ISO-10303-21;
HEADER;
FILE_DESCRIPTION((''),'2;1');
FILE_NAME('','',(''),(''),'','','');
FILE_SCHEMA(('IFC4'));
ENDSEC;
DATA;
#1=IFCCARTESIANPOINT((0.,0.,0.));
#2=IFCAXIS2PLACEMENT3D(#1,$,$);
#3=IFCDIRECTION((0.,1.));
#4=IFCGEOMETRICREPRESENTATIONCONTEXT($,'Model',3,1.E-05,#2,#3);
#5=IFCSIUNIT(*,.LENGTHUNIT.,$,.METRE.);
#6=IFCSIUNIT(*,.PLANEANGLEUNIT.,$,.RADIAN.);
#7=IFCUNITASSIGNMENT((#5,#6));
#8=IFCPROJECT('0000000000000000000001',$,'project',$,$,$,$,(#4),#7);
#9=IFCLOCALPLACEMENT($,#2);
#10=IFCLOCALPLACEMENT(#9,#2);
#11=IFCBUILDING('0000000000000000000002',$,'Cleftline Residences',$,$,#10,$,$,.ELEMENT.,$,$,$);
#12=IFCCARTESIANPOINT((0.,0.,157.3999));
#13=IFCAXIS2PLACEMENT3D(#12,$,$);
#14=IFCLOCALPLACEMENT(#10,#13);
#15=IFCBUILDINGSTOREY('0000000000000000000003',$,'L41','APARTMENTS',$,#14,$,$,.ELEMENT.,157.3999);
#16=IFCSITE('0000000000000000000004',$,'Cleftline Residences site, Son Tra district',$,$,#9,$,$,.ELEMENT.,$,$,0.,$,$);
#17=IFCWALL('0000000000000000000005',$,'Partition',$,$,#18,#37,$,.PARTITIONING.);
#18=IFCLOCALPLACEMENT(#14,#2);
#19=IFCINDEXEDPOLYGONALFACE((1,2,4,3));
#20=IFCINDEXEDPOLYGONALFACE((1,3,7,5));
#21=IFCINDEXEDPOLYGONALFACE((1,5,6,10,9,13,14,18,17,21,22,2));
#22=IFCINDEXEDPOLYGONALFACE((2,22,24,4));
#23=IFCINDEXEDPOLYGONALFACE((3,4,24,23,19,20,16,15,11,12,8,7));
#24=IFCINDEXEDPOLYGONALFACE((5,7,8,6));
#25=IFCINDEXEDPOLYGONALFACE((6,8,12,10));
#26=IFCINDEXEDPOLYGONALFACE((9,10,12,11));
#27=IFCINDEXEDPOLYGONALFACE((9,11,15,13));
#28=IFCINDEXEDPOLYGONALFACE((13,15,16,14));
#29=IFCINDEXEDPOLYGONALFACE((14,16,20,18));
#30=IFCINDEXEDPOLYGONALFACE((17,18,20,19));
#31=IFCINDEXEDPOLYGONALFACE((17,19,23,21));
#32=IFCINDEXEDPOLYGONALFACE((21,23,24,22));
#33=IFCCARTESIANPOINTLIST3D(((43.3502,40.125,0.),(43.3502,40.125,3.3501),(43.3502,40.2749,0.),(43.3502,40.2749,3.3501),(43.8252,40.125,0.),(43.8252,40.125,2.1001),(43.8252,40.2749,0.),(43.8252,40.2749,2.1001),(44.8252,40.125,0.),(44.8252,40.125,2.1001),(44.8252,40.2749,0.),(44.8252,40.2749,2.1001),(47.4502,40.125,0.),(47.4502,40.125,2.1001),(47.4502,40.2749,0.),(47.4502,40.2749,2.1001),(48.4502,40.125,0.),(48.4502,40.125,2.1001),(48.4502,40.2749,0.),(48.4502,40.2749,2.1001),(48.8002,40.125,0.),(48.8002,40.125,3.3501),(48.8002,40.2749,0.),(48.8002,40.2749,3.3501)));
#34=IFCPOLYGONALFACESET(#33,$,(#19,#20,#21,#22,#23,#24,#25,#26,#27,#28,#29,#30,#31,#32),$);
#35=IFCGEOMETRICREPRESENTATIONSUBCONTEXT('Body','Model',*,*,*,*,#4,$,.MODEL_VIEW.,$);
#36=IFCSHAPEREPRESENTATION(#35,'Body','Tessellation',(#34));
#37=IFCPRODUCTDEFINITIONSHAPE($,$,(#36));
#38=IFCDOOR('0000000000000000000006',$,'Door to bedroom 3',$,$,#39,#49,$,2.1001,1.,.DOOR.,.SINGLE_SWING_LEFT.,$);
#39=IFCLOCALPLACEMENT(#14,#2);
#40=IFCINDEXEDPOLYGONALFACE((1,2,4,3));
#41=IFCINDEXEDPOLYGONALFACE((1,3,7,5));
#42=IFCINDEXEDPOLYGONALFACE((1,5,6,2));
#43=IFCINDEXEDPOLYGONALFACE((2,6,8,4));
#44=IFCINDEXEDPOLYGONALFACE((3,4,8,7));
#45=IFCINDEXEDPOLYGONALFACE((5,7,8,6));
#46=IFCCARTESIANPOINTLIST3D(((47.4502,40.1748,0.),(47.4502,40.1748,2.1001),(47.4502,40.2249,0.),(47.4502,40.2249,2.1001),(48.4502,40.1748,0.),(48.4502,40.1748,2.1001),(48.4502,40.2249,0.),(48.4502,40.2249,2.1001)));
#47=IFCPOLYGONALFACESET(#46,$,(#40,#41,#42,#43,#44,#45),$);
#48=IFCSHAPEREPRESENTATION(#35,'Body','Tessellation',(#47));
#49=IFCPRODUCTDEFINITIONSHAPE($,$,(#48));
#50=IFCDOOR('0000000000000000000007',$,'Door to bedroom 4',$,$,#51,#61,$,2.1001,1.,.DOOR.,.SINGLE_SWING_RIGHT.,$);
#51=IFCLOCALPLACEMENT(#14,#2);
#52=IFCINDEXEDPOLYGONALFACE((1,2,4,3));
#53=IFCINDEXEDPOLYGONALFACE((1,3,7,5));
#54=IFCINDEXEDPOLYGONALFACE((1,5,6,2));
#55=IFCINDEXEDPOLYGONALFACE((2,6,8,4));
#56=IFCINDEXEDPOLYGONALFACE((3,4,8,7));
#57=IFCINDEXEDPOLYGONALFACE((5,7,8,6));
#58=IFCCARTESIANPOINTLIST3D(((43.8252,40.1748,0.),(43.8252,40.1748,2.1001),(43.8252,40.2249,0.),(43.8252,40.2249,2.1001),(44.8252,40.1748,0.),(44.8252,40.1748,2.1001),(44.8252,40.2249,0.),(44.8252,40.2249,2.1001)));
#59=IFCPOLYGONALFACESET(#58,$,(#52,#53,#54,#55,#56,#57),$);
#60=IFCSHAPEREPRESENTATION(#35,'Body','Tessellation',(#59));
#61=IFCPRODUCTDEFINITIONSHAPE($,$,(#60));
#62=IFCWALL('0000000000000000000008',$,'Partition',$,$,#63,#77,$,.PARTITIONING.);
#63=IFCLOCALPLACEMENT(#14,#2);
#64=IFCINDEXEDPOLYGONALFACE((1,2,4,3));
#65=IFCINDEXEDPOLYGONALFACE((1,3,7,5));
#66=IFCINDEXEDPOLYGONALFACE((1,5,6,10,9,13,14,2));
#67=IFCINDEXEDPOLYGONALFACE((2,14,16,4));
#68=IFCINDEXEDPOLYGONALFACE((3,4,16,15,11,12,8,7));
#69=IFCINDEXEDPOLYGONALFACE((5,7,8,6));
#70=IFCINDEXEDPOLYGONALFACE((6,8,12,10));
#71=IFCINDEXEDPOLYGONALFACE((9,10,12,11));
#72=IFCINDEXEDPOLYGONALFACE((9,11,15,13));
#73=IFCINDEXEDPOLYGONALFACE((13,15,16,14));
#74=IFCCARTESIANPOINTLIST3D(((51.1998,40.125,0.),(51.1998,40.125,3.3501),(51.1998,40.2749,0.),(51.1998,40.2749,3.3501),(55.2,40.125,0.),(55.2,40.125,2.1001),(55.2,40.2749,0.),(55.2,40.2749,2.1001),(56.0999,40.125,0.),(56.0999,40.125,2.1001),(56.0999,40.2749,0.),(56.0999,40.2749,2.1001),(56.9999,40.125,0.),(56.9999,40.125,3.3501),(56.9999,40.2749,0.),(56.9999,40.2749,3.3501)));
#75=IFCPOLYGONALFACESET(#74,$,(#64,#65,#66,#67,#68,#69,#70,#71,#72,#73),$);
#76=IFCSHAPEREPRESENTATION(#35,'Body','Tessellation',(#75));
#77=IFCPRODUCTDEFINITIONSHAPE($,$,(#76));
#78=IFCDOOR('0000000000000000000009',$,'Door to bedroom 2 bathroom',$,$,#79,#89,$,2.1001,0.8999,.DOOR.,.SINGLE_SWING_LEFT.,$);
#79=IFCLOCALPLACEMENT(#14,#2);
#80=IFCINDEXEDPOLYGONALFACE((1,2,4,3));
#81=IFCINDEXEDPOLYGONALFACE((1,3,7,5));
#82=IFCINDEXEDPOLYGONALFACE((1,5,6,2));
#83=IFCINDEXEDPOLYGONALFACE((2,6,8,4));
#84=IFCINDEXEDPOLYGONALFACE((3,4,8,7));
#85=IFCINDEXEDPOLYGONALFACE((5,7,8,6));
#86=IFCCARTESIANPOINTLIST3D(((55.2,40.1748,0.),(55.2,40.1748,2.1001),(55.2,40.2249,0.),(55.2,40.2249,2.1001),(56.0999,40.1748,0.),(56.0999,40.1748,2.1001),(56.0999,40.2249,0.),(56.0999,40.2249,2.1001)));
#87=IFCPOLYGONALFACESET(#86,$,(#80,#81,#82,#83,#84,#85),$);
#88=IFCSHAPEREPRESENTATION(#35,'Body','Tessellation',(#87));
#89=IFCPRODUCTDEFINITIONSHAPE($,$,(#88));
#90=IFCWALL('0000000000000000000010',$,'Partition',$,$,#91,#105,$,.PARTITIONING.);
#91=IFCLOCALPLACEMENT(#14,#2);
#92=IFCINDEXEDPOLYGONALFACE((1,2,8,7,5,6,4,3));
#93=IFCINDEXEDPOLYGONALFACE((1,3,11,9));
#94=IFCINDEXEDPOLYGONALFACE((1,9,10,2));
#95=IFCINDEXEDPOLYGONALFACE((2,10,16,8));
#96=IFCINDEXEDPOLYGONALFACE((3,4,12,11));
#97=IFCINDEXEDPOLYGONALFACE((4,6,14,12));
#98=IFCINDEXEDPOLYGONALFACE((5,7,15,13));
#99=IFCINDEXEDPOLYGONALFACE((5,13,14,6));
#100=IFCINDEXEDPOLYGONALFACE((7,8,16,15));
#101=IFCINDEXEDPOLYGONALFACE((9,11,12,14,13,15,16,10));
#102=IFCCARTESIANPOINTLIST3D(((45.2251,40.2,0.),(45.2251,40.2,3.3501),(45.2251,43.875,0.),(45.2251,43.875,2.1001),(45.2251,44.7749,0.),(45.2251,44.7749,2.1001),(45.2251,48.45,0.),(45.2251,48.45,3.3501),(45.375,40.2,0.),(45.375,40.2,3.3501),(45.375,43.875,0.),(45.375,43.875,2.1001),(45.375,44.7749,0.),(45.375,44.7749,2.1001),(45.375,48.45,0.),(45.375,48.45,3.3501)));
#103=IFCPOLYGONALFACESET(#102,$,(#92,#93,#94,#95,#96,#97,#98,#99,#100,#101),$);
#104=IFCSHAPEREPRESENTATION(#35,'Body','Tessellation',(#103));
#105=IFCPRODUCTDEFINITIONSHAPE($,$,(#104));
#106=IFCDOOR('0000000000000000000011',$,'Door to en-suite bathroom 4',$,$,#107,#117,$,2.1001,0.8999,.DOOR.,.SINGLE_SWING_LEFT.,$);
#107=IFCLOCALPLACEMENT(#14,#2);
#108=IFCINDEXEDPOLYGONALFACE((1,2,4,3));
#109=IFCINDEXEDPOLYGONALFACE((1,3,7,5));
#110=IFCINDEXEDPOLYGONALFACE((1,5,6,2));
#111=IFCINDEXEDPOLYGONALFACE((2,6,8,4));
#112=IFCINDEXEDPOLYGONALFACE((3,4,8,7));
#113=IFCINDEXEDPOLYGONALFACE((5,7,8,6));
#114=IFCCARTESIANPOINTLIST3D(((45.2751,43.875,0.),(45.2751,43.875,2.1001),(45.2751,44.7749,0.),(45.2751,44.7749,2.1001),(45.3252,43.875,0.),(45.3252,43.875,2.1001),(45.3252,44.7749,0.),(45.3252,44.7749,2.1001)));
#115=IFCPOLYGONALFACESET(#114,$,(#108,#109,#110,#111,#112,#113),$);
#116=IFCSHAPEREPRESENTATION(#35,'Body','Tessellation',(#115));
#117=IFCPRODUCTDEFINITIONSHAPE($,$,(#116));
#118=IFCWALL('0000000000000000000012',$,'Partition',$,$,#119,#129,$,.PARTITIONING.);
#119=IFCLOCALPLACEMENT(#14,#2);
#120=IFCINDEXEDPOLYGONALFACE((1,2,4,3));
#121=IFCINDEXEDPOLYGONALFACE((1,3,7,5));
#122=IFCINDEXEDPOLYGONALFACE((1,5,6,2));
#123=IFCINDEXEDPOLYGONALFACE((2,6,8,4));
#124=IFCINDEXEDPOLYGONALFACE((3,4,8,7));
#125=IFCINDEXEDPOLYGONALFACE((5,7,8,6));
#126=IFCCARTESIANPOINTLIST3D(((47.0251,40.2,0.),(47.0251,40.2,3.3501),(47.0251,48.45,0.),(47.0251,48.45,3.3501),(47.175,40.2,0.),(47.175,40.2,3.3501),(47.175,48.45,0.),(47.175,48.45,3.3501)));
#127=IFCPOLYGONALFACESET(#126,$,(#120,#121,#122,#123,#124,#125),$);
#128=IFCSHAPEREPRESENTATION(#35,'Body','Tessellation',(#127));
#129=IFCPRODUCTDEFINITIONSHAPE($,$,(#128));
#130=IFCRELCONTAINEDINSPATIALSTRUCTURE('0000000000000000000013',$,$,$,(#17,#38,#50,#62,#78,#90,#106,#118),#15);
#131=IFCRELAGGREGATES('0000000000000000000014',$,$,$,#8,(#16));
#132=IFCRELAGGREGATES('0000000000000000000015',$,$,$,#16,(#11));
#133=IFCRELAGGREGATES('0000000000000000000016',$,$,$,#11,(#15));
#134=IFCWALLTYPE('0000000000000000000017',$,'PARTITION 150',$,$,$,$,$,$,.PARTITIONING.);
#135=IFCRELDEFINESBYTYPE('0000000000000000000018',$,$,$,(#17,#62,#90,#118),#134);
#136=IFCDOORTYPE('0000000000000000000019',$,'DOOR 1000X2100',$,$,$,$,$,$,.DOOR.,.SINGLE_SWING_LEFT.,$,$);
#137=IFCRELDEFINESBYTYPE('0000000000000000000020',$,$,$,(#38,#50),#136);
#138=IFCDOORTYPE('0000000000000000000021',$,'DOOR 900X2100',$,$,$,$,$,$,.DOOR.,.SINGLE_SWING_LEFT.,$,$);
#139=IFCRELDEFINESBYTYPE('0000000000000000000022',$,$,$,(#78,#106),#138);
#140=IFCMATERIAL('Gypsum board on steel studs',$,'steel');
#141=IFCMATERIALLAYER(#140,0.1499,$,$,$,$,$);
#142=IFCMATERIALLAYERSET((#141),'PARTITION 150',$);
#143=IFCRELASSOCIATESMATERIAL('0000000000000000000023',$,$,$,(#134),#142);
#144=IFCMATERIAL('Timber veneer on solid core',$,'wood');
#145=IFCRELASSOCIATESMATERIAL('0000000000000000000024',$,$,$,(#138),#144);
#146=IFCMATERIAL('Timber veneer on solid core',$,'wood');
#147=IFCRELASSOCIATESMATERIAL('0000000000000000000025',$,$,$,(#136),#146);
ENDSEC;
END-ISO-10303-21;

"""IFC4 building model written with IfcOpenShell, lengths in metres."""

from ifc_helpers import new_model, si_unit, direction, frame, frame_2d, origin, place, context, subcontext, project, spatial, rectangle, extrude, material, layer, layer_set, type_object, element, fill, save


model = new_model("IFC4")

# Units and contexts
model_context = context("Model", 3, precision=1e-05, world=origin(), true_north=direction((0.0, 1.0)))
body_context = subcontext(model_context, "Body", "Model", "MODEL_VIEW")
ifc_project = project(units=[si_unit("LENGTHUNIT", "METRE"), si_unit("PLANEANGLEUNIT", "RADIAN")], contexts=[model_context])

# Site, building, storey
site_placement = place(None, origin())
site = spatial("IfcSite", under=ifc_project, at=site_placement, Name="Cleftline Residences site, Son Tra district", CompositionType="ELEMENT", RefElevation=0.0)
building_placement = place(site_placement, origin())
building = spatial("IfcBuilding", under=site, at=building_placement, Name="Cleftline Residences", CompositionType="ELEMENT")
storey_placement = place(building_placement, frame((0.0, 0.0, 157.3999)))
storey = spatial("IfcBuildingStorey", under=building, at=storey_placement, Name="L41", Description="APARTMENTS", CompositionType="ELEMENT", Elevation=157.3999)

# Shared definitions
ifc_material_1 = material(Name="Gypsum board on steel studs", Category="steel")
ifc_layer_1 = layer(ifc_material_1, 0.1499)
ifc_layer_set_1 = layer_set([ifc_layer_1], Name="PARTITION 150")
wall_type = type_object("IfcWallType", Name="PARTITION 150", PredefinedType="PARTITIONING", material=ifc_layer_set_1)
ifc_material_2 = material(Name="Timber veneer on solid core", Category="wood")
door_type_1 = type_object("IfcDoorType", Name="DOOR 900X2100", OperationType="SINGLE_SWING_LEFT", PredefinedType="DOOR", material=ifc_material_2)

# Wall, openings, doors
wall_1_placement = place(storey_placement, frame((43.3501, 40.2, 0.0), z_axis=(0.0, 0.0, 1.0), x_axis=(1.0, 0.0, 0.0)))
wall_1 = element("IfcWall", 1, at=wall_1_placement, inside=storey, type_object=wall_type, Name="Partition", PredefinedType="PARTITIONING", context=body_context, shape_type="SweptSolid", body=[
    extrude(rectangle(XDim=5.45, YDim=0.1499, at=frame_2d((2.7251, 0.0))), origin(), (0.0, 0.0, 1.0), 3.3501),
])
opening_1_placement = place(wall_1_placement, frame((4.1001, 0.0, 0.0)))
opening_1 = element("IfcOpeningElement", 2, at=opening_1_placement, cuts=wall_1, PredefinedType="OPENING", context=body_context, shape_type="SweptSolid", body=[
    extrude(rectangle(XDim=1.0, YDim=2.1001, at=frame_2d((0.5, 1.05))), frame((0.0, 0.085, 0.0), z_axis=(0.0, -1.0, 0.0), x_axis=(1.0, 0.0, 0.0)), (0.0, 0.0, 1.0), 0.1699),
])
opening_2_placement = place(wall_1_placement, frame((0.4751, 0.0, 0.0)))
opening_2 = element("IfcOpeningElement", 3, at=opening_2_placement, cuts=wall_1, PredefinedType="OPENING", context=body_context, shape_type="SweptSolid", body=[
    extrude(rectangle(XDim=1.0, YDim=2.1001, at=frame_2d((0.5, 1.05))), frame((0.0, 0.085, 0.0), z_axis=(0.0, -1.0, 0.0), x_axis=(1.0, 0.0, 0.0)), (0.0, 0.0, 1.0), 0.1699),
])
ifc_material_3 = material(Name="Timber veneer on solid core", Category="wood")
door_type_2 = type_object("IfcDoorType", Name="DOOR 1000X2100", OperationType="SINGLE_SWING_LEFT", PredefinedType="DOOR", material=ifc_material_3)
door_1_placement = place(opening_1_placement, origin())
door_1 = element("IfcDoor", 4, at=door_1_placement, inside=storey, type_object=door_type_2, Name="Door to bedroom 3", OperationType="SINGLE_SWING_LEFT", OverallHeight=2.1001, OverallWidth=1.0, PredefinedType="DOOR", context=body_context, shape_type="SweptSolid", body=[
    extrude(rectangle(XDim=1.0, YDim=2.1001, at=frame_2d((0.5, 1.05))), frame((0.0, 0.0249, 0.0), z_axis=(0.0, -1.0, 0.0), x_axis=(1.0, 0.0, 0.0)), (0.0, 0.0, 1.0), 0.05),
])
fill(opening_1, door_1)
door_2_placement = place(opening_2_placement, origin())
door_2 = element("IfcDoor", 5, at=door_2_placement, inside=storey, type_object=door_type_2, Name="Door to bedroom 4", OperationType="SINGLE_SWING_RIGHT", OverallHeight=2.1001, OverallWidth=1.0, PredefinedType="DOOR", context=body_context, shape_type="SweptSolid", body=[
    extrude(rectangle(XDim=1.0, YDim=2.1001, at=frame_2d((0.5, 1.05))), frame((0.0, 0.0249, 0.0), z_axis=(0.0, -1.0, 0.0), x_axis=(1.0, 0.0, 0.0)), (0.0, 0.0, 1.0), 0.05),
])
fill(opening_2, door_2)

# Walls, openings, doors
wall_2_placement = place(storey_placement, frame((51.2, 40.2, 0.0), z_axis=(0.0, 0.0, 1.0), x_axis=(1.0, 0.0, 0.0)))
wall_2 = element("IfcWall", 6, at=wall_2_placement, inside=storey, type_object=wall_type, Name="Partition", PredefinedType="PARTITIONING", context=body_context, shape_type="SweptSolid", body=[
    extrude(rectangle(XDim=5.8, YDim=0.1499, at=frame_2d((2.8999, 0.0))), origin(), (0.0, 0.0, 1.0), 3.3501),
])
opening_3_placement = place(wall_2_placement, frame((4.0, 0.0, 0.0)))
opening_3 = element("IfcOpeningElement", 7, at=opening_3_placement, cuts=wall_2, PredefinedType="OPENING", context=body_context, shape_type="SweptSolid", body=[
    extrude(rectangle(XDim=0.8999, YDim=2.1001, at=frame_2d((0.45, 1.05))), frame((0.0, 0.085, 0.0), z_axis=(0.0, -1.0, 0.0), x_axis=(1.0, 0.0, 0.0)), (0.0, 0.0, 1.0), 0.1699),
])
door_3_placement = place(opening_3_placement, origin())
door_3 = element("IfcDoor", 8, at=door_3_placement, inside=storey, type_object=door_type_1, Name="Door to bedroom 2 bathroom", OperationType="SINGLE_SWING_LEFT", OverallHeight=2.1001, OverallWidth=0.8999, PredefinedType="DOOR", context=body_context, shape_type="SweptSolid", body=[
    extrude(rectangle(XDim=0.8999, YDim=2.1001, at=frame_2d((0.45, 1.05))), frame((0.0, 0.0249, 0.0), z_axis=(0.0, -1.0, 0.0), x_axis=(1.0, 0.0, 0.0)), (0.0, 0.0, 1.0), 0.05),
])
fill(opening_3, door_3)
wall_3_placement = place(storey_placement, frame((45.3, 40.2, 0.0), z_axis=(0.0, 0.0, 1.0), x_axis=(0.0, 1.0, 0.0)))
wall_3 = element("IfcWall", 9, at=wall_3_placement, inside=storey, type_object=wall_type, Name="Partition", PredefinedType="PARTITIONING", context=body_context, shape_type="SweptSolid", body=[
    extrude(rectangle(XDim=8.25, YDim=0.1499, at=frame_2d((4.125, 0.0))), origin(), (0.0, 0.0, 1.0), 3.3501),
])
opening_4_placement = place(wall_3_placement, frame((3.675, 0.0, 0.0)))
opening_4 = element("IfcOpeningElement", 10, at=opening_4_placement, cuts=wall_3, PredefinedType="OPENING", context=body_context, shape_type="SweptSolid", body=[
    extrude(rectangle(XDim=0.8999, YDim=2.1001, at=frame_2d((0.45, 1.05))), frame((0.0, 0.085, 0.0), z_axis=(0.0, -1.0, 0.0), x_axis=(1.0, 0.0, 0.0)), (0.0, 0.0, 1.0), 0.1699),
])
door_4_placement = place(opening_4_placement, origin())
door_4 = element("IfcDoor", 11, at=door_4_placement, inside=storey, type_object=door_type_1, Name="Door to en-suite bathroom 4", OperationType="SINGLE_SWING_LEFT", OverallHeight=2.1001, OverallWidth=0.8999, PredefinedType="DOOR", context=body_context, shape_type="SweptSolid", body=[
    extrude(rectangle(XDim=0.8999, YDim=2.1001, at=frame_2d((0.45, 1.05))), frame((0.0, 0.0249, 0.0), z_axis=(0.0, -1.0, 0.0), x_axis=(1.0, 0.0, 0.0)), (0.0, 0.0, 1.0), 0.05),
])
fill(opening_4, door_4)

# Wall
wall_4_placement = place(storey_placement, frame((47.1001, 40.2, 0.0), z_axis=(0.0, 0.0, 1.0), x_axis=(0.0, 1.0, 0.0)))
element("IfcWall", 12, at=wall_4_placement, inside=storey, type_object=wall_type, Name="Partition", PredefinedType="PARTITIONING", context=body_context, shape_type="SweptSolid", body=[
    extrude(rectangle(XDim=8.25, YDim=0.1499, at=frame_2d((4.125, 0.0))), origin(), (0.0, 0.0, 1.0), 3.3501),
])

save(model, "model.ifc")
